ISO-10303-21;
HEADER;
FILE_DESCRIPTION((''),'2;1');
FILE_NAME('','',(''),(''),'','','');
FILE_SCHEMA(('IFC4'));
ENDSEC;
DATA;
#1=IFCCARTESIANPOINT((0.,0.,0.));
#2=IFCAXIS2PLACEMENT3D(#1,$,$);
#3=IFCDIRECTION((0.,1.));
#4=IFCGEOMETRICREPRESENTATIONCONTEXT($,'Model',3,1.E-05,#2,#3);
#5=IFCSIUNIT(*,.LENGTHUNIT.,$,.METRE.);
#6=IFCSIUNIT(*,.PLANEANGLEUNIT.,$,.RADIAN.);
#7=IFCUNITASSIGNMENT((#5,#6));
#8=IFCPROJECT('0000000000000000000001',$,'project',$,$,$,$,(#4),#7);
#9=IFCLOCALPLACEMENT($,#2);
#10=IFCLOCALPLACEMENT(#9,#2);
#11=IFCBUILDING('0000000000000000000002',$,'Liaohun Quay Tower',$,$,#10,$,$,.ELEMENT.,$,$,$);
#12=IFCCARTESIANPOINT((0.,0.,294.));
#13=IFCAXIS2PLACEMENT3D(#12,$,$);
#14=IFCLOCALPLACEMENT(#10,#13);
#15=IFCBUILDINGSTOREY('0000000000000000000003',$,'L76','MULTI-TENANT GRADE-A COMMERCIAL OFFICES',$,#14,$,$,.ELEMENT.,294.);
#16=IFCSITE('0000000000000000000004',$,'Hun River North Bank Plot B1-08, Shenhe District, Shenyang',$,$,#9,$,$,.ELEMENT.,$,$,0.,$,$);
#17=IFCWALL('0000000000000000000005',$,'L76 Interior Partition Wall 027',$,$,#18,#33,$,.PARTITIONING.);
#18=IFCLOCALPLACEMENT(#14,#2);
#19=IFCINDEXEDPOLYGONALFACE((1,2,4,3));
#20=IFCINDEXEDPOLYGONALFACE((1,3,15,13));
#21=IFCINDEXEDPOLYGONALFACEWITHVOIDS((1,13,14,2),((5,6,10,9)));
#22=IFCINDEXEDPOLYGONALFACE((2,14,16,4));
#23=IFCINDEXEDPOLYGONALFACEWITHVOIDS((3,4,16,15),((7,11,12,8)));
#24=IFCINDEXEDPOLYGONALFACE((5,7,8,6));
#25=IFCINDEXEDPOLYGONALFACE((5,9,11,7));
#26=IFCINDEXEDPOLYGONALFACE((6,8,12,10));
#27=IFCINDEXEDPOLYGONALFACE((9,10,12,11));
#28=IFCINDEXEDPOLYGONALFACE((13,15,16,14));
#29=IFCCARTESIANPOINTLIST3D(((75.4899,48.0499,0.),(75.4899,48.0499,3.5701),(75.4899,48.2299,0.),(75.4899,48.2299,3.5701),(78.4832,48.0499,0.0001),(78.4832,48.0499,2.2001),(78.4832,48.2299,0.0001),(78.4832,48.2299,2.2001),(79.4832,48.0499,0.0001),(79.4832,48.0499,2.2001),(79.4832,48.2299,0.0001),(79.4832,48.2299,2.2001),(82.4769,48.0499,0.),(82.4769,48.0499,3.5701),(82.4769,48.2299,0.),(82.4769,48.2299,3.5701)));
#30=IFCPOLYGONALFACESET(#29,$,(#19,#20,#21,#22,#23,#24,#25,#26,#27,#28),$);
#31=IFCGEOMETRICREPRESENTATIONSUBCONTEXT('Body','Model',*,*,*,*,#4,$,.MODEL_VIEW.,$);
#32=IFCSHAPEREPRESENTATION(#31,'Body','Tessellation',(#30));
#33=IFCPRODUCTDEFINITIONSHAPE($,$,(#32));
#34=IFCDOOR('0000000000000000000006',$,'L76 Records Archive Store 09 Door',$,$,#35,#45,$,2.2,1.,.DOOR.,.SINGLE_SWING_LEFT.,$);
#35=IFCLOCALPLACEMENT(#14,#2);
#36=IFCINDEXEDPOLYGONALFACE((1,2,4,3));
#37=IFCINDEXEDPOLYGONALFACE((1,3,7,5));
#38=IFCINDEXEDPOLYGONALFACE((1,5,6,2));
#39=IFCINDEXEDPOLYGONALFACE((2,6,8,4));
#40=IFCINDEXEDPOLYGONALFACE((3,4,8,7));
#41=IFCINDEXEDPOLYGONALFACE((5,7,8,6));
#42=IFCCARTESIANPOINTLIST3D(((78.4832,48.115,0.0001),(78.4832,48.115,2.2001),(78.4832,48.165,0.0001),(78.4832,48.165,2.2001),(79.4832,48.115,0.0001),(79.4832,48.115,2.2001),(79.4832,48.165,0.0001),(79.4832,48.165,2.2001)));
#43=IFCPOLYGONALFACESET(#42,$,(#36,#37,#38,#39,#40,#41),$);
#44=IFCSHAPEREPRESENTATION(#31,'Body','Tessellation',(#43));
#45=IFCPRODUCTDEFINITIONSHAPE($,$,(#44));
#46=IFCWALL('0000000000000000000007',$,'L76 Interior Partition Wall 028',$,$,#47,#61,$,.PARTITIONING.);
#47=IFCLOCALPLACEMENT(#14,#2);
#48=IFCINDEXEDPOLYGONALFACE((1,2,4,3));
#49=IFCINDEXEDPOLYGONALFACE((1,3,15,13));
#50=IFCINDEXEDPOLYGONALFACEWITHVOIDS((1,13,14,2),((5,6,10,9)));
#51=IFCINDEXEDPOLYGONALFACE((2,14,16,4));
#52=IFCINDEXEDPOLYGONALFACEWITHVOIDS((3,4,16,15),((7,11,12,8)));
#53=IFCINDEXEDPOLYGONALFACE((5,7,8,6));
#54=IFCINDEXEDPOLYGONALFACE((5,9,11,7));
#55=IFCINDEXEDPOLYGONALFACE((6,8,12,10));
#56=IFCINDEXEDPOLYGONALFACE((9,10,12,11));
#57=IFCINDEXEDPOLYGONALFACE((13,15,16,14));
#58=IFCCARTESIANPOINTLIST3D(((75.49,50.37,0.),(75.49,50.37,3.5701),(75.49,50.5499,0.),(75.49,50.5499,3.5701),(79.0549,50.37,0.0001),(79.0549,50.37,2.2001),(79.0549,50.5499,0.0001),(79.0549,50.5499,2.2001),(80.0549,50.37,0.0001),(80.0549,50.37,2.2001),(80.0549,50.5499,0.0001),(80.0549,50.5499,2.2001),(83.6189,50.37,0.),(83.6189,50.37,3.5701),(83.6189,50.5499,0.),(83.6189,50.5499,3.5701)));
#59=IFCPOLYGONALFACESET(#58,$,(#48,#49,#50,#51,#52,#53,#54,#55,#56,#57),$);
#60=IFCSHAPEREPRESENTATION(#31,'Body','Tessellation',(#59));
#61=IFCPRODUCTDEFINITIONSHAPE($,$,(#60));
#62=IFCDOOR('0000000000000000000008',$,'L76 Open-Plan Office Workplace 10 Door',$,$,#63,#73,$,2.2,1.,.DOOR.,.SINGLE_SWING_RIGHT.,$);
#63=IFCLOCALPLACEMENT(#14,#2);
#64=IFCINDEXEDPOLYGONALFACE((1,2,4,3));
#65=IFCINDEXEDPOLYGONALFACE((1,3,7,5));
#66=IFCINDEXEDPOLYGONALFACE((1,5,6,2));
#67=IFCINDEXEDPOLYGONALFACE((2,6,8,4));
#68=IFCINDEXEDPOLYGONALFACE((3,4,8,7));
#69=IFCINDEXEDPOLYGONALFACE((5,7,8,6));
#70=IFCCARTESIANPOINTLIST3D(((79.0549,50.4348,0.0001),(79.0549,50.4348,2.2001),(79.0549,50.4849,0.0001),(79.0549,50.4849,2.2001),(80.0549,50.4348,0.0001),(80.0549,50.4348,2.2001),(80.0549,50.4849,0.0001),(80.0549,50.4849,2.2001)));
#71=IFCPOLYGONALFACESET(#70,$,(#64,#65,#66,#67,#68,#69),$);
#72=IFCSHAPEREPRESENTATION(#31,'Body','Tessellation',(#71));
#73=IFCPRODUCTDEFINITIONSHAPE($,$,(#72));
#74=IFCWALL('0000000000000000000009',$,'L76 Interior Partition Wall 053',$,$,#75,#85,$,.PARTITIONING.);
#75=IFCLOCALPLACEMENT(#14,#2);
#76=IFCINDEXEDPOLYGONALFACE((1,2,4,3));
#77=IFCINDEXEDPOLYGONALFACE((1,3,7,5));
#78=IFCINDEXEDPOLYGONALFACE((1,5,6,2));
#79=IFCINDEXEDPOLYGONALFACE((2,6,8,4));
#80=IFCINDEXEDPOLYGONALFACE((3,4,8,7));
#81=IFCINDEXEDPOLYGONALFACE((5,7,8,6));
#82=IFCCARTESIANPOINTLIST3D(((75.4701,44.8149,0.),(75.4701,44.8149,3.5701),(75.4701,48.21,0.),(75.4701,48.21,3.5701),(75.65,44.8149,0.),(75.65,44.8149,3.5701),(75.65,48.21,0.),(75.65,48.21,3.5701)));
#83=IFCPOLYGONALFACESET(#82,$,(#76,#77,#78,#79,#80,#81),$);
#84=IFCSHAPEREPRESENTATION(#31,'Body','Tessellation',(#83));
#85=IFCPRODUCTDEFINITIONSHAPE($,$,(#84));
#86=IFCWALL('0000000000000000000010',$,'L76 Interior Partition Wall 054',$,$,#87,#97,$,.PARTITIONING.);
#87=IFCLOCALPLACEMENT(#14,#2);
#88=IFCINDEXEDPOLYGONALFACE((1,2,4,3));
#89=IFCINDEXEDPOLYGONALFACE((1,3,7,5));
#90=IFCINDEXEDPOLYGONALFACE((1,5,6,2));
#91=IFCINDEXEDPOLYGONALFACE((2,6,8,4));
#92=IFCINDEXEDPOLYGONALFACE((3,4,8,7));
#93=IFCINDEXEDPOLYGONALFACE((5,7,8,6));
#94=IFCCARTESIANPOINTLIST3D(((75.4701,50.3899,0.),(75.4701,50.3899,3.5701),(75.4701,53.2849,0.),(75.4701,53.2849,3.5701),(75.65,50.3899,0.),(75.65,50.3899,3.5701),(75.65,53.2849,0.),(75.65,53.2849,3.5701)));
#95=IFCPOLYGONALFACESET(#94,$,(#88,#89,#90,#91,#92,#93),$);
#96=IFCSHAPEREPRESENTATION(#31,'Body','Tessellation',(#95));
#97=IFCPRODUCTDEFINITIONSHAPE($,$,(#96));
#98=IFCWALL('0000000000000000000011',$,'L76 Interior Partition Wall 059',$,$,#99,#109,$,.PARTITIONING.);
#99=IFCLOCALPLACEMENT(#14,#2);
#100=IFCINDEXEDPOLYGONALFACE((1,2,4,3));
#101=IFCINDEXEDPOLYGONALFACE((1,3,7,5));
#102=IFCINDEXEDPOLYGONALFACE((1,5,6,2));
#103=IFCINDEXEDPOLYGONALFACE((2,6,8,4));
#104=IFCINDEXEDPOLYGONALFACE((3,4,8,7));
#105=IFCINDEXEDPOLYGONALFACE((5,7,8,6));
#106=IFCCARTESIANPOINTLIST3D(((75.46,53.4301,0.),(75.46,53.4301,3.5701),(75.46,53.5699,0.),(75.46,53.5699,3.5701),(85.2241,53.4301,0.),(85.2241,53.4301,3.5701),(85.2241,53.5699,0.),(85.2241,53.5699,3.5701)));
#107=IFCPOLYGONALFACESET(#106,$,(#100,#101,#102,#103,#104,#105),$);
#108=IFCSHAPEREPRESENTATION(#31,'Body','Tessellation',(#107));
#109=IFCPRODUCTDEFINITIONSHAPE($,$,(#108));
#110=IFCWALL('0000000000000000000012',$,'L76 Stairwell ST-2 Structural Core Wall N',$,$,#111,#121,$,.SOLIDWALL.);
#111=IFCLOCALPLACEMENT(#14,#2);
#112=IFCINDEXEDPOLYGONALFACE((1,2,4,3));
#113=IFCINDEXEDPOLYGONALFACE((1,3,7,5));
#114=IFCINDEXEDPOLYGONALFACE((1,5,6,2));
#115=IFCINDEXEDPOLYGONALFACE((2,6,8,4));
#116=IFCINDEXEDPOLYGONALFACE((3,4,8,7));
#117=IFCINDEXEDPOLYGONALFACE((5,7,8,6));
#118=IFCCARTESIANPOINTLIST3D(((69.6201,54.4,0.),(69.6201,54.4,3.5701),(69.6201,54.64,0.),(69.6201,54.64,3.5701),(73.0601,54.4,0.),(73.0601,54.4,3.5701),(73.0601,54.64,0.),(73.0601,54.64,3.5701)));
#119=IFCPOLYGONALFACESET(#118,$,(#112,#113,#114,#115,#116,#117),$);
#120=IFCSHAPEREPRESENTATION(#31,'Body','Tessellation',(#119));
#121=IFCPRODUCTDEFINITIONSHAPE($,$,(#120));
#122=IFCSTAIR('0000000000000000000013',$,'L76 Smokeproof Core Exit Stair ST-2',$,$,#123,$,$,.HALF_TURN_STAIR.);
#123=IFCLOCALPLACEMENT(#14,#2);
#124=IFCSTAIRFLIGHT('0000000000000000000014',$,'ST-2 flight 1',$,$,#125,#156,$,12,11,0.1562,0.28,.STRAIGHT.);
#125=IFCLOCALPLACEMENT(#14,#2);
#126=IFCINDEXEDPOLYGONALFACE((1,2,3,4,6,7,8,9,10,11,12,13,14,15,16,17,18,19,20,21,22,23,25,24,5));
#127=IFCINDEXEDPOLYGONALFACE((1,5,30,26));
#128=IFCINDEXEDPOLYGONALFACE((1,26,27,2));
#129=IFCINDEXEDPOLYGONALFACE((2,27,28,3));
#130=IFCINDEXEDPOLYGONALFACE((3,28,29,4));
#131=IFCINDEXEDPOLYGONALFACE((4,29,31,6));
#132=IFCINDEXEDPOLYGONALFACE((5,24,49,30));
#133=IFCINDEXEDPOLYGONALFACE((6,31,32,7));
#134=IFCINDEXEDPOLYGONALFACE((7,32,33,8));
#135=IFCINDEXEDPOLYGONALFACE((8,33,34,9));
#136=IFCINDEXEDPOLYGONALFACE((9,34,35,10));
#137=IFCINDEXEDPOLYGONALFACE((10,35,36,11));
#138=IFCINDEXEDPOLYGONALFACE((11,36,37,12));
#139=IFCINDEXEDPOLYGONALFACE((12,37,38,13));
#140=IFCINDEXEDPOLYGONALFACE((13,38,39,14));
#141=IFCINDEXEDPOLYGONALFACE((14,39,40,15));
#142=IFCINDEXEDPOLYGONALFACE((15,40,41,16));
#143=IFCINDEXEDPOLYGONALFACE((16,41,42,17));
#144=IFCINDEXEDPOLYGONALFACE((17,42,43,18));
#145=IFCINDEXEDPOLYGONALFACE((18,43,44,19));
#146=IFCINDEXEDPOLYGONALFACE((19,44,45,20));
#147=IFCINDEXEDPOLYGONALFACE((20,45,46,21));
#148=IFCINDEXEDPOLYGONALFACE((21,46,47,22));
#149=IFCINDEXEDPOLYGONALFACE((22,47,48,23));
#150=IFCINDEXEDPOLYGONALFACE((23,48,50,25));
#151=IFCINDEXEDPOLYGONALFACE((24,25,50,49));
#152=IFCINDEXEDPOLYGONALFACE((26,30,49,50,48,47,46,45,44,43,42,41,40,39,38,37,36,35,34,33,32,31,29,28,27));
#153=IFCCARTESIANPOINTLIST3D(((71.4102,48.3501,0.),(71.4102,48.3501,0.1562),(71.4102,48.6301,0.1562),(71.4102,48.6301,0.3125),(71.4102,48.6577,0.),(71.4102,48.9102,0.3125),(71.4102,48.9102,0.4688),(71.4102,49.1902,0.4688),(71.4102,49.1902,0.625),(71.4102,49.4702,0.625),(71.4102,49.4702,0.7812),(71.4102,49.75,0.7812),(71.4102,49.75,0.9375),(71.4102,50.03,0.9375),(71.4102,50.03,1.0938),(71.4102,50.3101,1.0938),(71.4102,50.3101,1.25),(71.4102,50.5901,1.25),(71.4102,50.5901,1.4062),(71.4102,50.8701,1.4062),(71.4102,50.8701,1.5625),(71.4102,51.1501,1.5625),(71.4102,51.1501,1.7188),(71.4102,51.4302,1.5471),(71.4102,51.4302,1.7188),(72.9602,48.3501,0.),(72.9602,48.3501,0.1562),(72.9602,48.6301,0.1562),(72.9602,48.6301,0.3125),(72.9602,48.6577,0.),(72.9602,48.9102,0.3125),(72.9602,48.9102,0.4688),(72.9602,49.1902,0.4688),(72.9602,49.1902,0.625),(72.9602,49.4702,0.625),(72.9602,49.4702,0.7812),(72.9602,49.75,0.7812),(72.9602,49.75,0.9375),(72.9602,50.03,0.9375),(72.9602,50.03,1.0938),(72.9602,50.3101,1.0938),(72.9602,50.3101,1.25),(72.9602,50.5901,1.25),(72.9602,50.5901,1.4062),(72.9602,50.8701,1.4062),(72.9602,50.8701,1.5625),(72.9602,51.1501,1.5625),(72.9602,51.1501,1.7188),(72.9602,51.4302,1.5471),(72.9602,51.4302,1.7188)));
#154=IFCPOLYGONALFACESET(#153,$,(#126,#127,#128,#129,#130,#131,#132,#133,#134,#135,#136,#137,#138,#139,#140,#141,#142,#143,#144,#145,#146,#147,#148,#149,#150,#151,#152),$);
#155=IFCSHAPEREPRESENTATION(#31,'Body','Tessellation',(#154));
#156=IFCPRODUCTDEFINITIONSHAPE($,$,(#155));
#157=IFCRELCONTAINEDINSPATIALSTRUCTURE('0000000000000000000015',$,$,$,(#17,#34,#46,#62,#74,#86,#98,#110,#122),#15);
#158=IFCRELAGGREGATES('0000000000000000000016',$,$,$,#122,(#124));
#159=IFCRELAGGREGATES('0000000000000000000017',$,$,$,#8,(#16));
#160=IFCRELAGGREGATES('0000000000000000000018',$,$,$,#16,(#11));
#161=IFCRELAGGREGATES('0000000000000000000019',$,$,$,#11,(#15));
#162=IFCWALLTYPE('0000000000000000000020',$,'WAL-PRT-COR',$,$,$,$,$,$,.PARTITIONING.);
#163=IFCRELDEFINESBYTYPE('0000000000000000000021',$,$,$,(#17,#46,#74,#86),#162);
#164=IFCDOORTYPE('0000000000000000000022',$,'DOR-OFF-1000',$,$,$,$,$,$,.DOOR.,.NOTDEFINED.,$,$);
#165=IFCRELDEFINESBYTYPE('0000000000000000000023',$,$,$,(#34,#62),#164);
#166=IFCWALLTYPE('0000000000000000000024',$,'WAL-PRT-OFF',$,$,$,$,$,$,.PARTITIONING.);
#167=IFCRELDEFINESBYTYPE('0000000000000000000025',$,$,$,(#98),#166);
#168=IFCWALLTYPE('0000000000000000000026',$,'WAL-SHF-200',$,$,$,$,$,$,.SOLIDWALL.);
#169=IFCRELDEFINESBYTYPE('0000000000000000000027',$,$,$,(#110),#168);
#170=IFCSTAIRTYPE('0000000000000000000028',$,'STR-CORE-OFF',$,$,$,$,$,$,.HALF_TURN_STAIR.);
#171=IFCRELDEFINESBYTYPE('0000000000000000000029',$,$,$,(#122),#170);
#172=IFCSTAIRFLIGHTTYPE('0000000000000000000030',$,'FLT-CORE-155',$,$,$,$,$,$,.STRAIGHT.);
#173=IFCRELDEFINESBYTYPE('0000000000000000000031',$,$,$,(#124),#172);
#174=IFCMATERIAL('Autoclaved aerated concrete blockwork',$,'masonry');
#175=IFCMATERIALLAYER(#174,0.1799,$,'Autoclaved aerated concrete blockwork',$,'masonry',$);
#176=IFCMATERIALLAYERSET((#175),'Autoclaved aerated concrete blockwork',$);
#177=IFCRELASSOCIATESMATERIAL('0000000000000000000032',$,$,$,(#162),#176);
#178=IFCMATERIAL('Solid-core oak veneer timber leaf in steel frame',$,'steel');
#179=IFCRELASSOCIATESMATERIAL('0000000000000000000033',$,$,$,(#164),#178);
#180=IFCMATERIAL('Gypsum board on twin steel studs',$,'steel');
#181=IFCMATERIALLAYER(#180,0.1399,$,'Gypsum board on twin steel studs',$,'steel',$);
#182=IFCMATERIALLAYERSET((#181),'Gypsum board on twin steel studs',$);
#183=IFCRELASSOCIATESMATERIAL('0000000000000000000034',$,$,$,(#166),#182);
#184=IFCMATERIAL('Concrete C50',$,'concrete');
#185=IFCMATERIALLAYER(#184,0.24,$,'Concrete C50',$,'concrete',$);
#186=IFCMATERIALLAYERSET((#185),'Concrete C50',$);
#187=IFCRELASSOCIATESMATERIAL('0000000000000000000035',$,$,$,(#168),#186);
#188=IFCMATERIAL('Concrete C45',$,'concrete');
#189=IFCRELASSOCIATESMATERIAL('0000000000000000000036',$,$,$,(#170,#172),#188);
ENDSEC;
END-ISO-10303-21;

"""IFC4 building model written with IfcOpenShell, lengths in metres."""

from ifc_helpers import new_model, si_unit, direction, frame, frame_2d, origin, place, context, subcontext, project, spatial, polyline, rectangle, outline, extrude, source, transform, mapped, material, layer, layer_set, type_object, element, fill, aggregate, save


model = new_model("IFC4")

# Units and contexts
model_context = context("Model", 3, precision=1e-05, world=origin(), true_north=direction((0.0, 1.0)))
body_context = subcontext(model_context, "Body", "Model", "MODEL_VIEW")
ifc_project = project(units=[si_unit("LENGTHUNIT", "METRE"), si_unit("PLANEANGLEUNIT", "RADIAN")], contexts=[model_context])

# Site, building, storey
site_placement = place(None, origin())
site = spatial("IfcSite", under=ifc_project, at=site_placement, Name="Hun River North Bank Plot B1-08, Shenhe District, Shenyang", CompositionType="ELEMENT", RefElevation=0.0)
building_placement = place(site_placement, origin())
building = spatial("IfcBuilding", under=site, at=building_placement, Name="Liaohun Quay Tower", CompositionType="ELEMENT")
storey_placement = place(building_placement, frame((0.0, 0.0, 294.0)))
storey = spatial("IfcBuildingStorey", under=building, at=storey_placement, Name="L76", Description="MULTI-TENANT GRADE-A COMMERCIAL OFFICES", CompositionType="ELEMENT", Elevation=294.0)

# Walls, openings, doors
ifc_material_1 = material(Name="Autoclaved aerated concrete blockwork", Category="masonry")
ifc_layer_1 = layer(ifc_material_1, 0.1799, Name="Autoclaved aerated concrete blockwork", Category="masonry")
ifc_layer_set_1 = layer_set([ifc_layer_1], Name="Autoclaved aerated concrete blockwork")
wall_type_1 = type_object("IfcWallType", Name="WAL-PRT-COR", PredefinedType="PARTITIONING", material=ifc_layer_set_1)
wall_1_placement = place(storey_placement, frame((82.4771, 48.1399, 0.0), z_axis=(0.0, 0.0, 1.0), x_axis=(-1.0, 0.0, 0.0)))
wall_1 = element("IfcWall", 1, at=wall_1_placement, inside=storey, type_object=wall_type_1, Name="L76 Interior Partition Wall 027", PredefinedType="PARTITIONING", context=body_context, shape_type="SweptSolid", body=[
    extrude(rectangle(XDim=6.9871, YDim=0.1799, at=frame_2d((3.4937, 0.0))), origin(), (0.0, 0.0, 1.0), 3.5701),
])
shared_shape_1 = source(origin(), body_context, "Body", "SweptSolid", [
    extrude(rectangle(XDim=1.0, YDim=2.2, at=frame_2d((0.5, 1.1001))), frame((0.0, 0.0999, 0.0), z_axis=(0.0, -1.0, 0.0), x_axis=(1.0, 0.0, 0.0)), (0.0, 0.0, 1.0), 0.2),
])
opening_1_placement = place(wall_1_placement, frame((2.9939, 0.0, 0.0)))
opening_1 = element("IfcOpeningElement", 2, at=opening_1_placement, cuts=wall_1, PredefinedType="OPENING", context=body_context, shape_type="MappedRepresentation", body=[
    mapped(shared_shape_1, transform((0.0, 0.0, 0.0), x_axis=(1.0, 0.0, 0.0), y_axis=(0.0, 1.0, 0.0), z_axis=(0.0, 0.0, 1.0), scale=1.0)),
])
ifc_material_2 = material(Name="Solid-core oak veneer timber leaf in steel frame", Category="steel")
door_type = type_object("IfcDoorType", Name="DOR-OFF-1000", OperationType="NOTDEFINED", PredefinedType="DOOR", material=ifc_material_2)
shared_shape_2 = source(origin(), body_context, "Body", "SweptSolid", [
    extrude(rectangle(XDim=1.0, YDim=2.2, at=frame_2d((0.5, 1.1001))), frame((0.0, 0.0249, 0.0), z_axis=(0.0, -1.0, 0.0), x_axis=(1.0, 0.0, 0.0)), (0.0, 0.0, 1.0), 0.05),
])
door_1_placement = place(opening_1_placement, origin())
door_1 = element("IfcDoor", 3, at=door_1_placement, inside=storey, type_object=door_type, Name="L76 Records Archive Store 09 Door", OperationType="SINGLE_SWING_LEFT", OverallHeight=2.2, OverallWidth=1.0, PredefinedType="DOOR", context=body_context, shape_type="MappedRepresentation", body=[
    mapped(shared_shape_2, transform((0.0, 0.0, 0.0), x_axis=(1.0, 0.0, 0.0), y_axis=(0.0, 1.0, 0.0), z_axis=(0.0, 0.0, 1.0), scale=1.0)),
])
fill(opening_1, door_1)
wall_2_placement = place(storey_placement, frame((75.49, 50.46, 0.0), z_axis=(0.0, 0.0, 1.0), x_axis=(1.0, 0.0, 0.0)))
wall_2 = element("IfcWall", 4, at=wall_2_placement, inside=storey, type_object=wall_type_1, Name="L76 Interior Partition Wall 028", PredefinedType="PARTITIONING", context=body_context, shape_type="SweptSolid", body=[
    extrude(rectangle(XDim=8.1289, YDim=0.1799, at=frame_2d((4.0645, 0.0))), origin(), (0.0, 0.0, 1.0), 3.5701),
])
opening_2_placement = place(wall_2_placement, frame((3.5649, 0.0, 0.0)))
opening_2 = element("IfcOpeningElement", 5, at=opening_2_placement, cuts=wall_2, PredefinedType="OPENING", context=body_context, shape_type="MappedRepresentation", body=[
    mapped(shared_shape_1, transform((0.0, 0.0, 0.0), x_axis=(1.0, 0.0, 0.0), y_axis=(0.0, 1.0, 0.0), z_axis=(0.0, 0.0, 1.0), scale=1.0)),
])
door_2_placement = place(opening_2_placement, origin())
door_2 = element("IfcDoor", 6, at=door_2_placement, inside=storey, type_object=door_type, Name="L76 Open-Plan Office Workplace 10 Door", OperationType="SINGLE_SWING_RIGHT", OverallHeight=2.2, OverallWidth=1.0, PredefinedType="DOOR", context=body_context, shape_type="MappedRepresentation", body=[
    mapped(shared_shape_2, transform((0.0, 0.0, 0.0), x_axis=(1.0, 0.0, 0.0), y_axis=(0.0, 1.0, 0.0), z_axis=(0.0, 0.0, 1.0), scale=1.0)),
])
fill(opening_2, door_2)

# Walls
wall_3_placement = place(storey_placement, frame((75.5601, 48.21, 0.0), z_axis=(0.0, 0.0, 1.0), x_axis=(0.0, -1.0, 0.0)))
element("IfcWall", 7, at=wall_3_placement, inside=storey, type_object=wall_type_1, Name="L76 Interior Partition Wall 053", PredefinedType="PARTITIONING", context=body_context, shape_type="SweptSolid", body=[
    extrude(rectangle(XDim=3.395, YDim=0.1799, at=frame_2d((1.6975, 0.0))), origin(), (0.0, 0.0, 1.0), 3.5701),
])
wall_4_placement = place(storey_placement, frame((75.5601, 53.2849, 0.0), z_axis=(0.0, 0.0, 1.0), x_axis=(0.0, -1.0, 0.0)))
element("IfcWall", 8, at=wall_4_placement, inside=storey, type_object=wall_type_1, Name="L76 Interior Partition Wall 054", PredefinedType="PARTITIONING", context=body_context, shape_type="SweptSolid", body=[
    extrude(rectangle(XDim=2.895, YDim=0.1799, at=frame_2d((1.4475, 0.0))), origin(), (0.0, 0.0, 1.0), 3.5701),
])
ifc_material_3 = material(Name="Gypsum board on twin steel studs", Category="steel")
ifc_layer_2 = layer(ifc_material_3, 0.1399, Name="Gypsum board on twin steel studs", Category="steel")
ifc_layer_set_2 = layer_set([ifc_layer_2], Name="Gypsum board on twin steel studs")
wall_type_2 = type_object("IfcWallType", Name="WAL-PRT-OFF", PredefinedType="PARTITIONING", material=ifc_layer_set_2)
wall_5_placement = place(storey_placement, frame((75.46, 53.5, 0.0), z_axis=(0.0, 0.0, 1.0), x_axis=(1.0, 0.0, 0.0)))
element("IfcWall", 9, at=wall_5_placement, inside=storey, type_object=wall_type_2, Name="L76 Interior Partition Wall 059", PredefinedType="PARTITIONING", context=body_context, shape_type="SweptSolid", body=[
    extrude(rectangle(XDim=9.7642, YDim=0.1399, at=frame_2d((4.8821, 0.0))), origin(), (0.0, 0.0, 1.0), 3.5701),
])
ifc_material_4 = material(Name="Concrete C50", Category="concrete")
ifc_layer_3 = layer(ifc_material_4, 0.24, Name="Concrete C50", Category="concrete")
ifc_layer_set_3 = layer_set([ifc_layer_3], Name="Concrete C50")
wall_type_3 = type_object("IfcWallType", Name="WAL-SHF-200", PredefinedType="SOLIDWALL", material=ifc_layer_set_3)
wall_6_placement = place(storey_placement, frame((73.0601, 54.52, 0.0), z_axis=(0.0, 0.0, 1.0), x_axis=(-1.0, 0.0, 0.0)))
element("IfcWall", 10, at=wall_6_placement, inside=storey, type_object=wall_type_3, Name="L76 Stairwell ST-2 Structural Core Wall N", PredefinedType="SOLIDWALL", context=body_context, shape_type="SweptSolid", body=[
    extrude(rectangle(XDim=3.4399, YDim=0.24, at=frame_2d((1.72, 0.0))), origin(), (0.0, 0.0, 1.0), 3.5701),
])

# Stair, stair flight
ifc_material_5 = material(Name="Concrete C45", Category="concrete")
stair_type = type_object("IfcStairType", Name="STR-CORE-OFF", PredefinedType="HALF_TURN_STAIR", material=ifc_material_5)
stair_placement = place(storey_placement, origin())
stair = element("IfcStair", 11, at=stair_placement, inside=storey, type_object=stair_type, Name="L76 Smokeproof Core Exit Stair ST-2", PredefinedType="HALF_TURN_STAIR")
stair_flight_type = type_object("IfcStairFlightType", Name="FLT-CORE-155", PredefinedType="STRAIGHT", material=ifc_material_5)
stair_flight_1_placement = place(storey_placement, frame((72.1851, 48.3501, 0.0), z_axis=(0.0, 0.0, 1.0), x_axis=(0.0, 1.0, 0.0)))
stair_flight_1 = element("IfcStairFlight", 12, at=stair_flight_1_placement, type_object=stair_flight_type, Name="ST-2 flight 1", NumberOfRisers=12, NumberOfTreads=11, PredefinedType="STRAIGHT", RiserHeight=0.1562, TreadLength=0.28, context=body_context, shape_type="SweptSolid", body=[
    extrude(outline(polyline([(0.0, 0.0), (0.0, 0.1562), (0.28, 0.1562), (0.28, 0.3125), (0.5601, 0.3125), (0.5601, 0.4688), (0.8401, 0.4688), (0.8401, 0.625), (1.1201, 0.625), (1.1201, 0.7812), (1.3999, 0.7812), (1.3999, 0.9375), (1.6799, 0.9375), (1.6799, 1.0938), (1.96, 1.0938), (1.96, 1.25), (2.24, 1.25), (2.24, 1.4062), (2.52, 1.4062), (2.52, 1.5625), (2.8, 1.5625), (2.8, 1.7188), (3.0801, 1.7188), (3.0801, 1.875), (3.0801, 1.5471), (0.3076, 0.0), (0.0, 0.0)])), frame((0.0, 0.7749, 0.0), z_axis=(0.0, -1.0, 0.0), x_axis=(1.0, 0.0, 0.0)), (0.0, 0.0, 1.0), 1.55),
])
aggregate(stair, [stair_flight_1])

save(model, "model.ifc")
